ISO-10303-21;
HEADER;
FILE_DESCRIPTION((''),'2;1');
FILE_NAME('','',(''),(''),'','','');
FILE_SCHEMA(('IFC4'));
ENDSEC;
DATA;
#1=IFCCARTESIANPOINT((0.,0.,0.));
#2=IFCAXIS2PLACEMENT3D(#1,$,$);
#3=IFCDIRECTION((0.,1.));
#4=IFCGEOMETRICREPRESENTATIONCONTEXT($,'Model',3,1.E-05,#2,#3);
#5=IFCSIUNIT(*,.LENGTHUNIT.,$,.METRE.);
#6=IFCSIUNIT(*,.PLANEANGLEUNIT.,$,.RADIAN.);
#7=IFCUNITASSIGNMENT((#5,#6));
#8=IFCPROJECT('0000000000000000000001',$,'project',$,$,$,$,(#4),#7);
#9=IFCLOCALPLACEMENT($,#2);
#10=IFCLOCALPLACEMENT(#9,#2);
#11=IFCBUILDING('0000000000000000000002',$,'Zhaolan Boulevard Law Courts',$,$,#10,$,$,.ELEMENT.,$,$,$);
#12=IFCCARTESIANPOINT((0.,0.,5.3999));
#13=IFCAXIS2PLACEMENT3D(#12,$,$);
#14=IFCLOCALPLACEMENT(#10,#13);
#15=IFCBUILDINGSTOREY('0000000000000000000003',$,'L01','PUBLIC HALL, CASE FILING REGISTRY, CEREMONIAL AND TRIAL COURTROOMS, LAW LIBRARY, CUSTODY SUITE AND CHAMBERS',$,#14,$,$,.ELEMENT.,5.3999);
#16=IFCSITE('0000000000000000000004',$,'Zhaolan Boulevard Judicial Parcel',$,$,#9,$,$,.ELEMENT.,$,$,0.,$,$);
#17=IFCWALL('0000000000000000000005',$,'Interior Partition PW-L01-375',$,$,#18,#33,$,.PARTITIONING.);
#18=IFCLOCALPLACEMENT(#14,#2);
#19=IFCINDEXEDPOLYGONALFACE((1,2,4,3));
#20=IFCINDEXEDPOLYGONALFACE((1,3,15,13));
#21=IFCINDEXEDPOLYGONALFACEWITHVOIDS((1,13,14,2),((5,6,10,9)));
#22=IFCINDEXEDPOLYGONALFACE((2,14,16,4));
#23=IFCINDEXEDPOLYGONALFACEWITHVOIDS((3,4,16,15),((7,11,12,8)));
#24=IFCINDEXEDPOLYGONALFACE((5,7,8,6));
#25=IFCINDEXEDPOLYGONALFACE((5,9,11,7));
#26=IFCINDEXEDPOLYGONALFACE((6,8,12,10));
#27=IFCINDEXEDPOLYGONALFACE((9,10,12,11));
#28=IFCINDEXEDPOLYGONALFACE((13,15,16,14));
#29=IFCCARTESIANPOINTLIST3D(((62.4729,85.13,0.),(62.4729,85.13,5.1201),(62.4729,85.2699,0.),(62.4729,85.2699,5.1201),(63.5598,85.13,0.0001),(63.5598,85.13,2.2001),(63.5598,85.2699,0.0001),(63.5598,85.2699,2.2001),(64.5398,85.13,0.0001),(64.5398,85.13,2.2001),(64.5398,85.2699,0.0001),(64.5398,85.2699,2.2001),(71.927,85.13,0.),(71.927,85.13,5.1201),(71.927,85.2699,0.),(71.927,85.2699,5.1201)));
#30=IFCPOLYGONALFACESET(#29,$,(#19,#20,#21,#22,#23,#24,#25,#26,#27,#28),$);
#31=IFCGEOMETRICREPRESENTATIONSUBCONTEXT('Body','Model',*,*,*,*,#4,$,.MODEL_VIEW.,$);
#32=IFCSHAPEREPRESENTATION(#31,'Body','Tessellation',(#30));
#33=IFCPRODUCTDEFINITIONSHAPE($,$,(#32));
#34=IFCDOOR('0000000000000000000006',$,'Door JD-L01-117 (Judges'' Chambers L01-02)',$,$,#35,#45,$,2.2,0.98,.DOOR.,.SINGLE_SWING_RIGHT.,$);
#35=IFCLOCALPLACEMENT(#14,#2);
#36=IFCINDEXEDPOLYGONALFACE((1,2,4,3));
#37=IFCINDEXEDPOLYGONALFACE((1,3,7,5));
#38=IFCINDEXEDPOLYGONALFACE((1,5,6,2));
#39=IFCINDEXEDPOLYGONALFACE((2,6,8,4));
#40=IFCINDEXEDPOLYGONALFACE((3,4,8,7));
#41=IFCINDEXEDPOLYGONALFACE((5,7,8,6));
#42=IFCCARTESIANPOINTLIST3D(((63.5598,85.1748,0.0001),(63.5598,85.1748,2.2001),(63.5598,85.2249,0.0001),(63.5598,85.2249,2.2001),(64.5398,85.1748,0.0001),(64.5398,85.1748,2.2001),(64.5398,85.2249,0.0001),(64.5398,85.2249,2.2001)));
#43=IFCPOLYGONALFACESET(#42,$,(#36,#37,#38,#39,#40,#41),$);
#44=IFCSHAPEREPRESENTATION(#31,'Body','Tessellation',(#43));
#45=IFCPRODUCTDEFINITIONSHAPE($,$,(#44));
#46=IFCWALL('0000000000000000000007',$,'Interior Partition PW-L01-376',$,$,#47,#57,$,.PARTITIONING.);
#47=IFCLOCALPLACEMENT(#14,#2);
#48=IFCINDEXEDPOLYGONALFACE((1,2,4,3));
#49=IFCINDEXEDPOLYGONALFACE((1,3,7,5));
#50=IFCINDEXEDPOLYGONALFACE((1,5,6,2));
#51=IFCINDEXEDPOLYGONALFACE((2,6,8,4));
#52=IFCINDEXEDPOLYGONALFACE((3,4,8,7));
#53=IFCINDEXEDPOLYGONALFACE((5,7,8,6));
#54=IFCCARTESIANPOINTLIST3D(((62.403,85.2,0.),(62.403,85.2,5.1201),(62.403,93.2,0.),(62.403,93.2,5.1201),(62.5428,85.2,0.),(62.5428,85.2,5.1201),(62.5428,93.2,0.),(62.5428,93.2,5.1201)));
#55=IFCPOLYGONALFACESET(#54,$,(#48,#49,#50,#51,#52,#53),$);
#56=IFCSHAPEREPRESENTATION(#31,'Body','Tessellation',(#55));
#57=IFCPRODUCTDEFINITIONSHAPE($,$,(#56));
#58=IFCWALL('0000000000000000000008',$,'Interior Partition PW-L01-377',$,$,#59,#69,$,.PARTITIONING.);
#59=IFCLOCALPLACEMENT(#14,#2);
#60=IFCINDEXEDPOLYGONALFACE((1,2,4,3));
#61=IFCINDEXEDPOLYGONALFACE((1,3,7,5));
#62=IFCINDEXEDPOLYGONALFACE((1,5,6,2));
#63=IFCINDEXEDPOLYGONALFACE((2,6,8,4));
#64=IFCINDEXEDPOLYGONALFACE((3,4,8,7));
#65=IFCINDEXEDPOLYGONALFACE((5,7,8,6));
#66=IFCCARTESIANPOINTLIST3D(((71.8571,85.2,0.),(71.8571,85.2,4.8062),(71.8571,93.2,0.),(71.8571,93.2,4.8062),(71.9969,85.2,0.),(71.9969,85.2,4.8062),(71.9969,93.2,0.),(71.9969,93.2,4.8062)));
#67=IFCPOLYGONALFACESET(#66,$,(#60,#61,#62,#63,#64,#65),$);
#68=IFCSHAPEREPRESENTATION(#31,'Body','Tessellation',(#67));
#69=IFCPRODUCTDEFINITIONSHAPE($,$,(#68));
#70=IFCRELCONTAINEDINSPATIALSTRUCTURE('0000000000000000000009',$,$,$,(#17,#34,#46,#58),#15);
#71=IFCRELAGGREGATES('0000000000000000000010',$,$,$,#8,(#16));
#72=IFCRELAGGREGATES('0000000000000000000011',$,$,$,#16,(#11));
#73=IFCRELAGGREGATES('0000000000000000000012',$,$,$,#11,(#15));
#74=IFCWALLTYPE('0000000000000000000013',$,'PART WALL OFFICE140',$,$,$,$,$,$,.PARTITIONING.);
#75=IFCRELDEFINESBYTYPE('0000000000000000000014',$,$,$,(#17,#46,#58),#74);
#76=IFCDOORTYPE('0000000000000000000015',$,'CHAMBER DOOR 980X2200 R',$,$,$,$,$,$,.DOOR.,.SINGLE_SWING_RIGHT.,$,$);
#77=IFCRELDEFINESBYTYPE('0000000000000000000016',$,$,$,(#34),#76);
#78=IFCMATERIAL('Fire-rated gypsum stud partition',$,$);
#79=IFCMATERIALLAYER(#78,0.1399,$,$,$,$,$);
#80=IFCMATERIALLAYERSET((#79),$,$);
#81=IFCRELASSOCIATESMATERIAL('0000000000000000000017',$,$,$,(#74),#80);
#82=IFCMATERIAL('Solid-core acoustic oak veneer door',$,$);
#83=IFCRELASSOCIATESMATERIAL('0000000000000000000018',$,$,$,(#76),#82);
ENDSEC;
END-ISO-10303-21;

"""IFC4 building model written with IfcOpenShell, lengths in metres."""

from ifc_helpers import new_model, si_unit, direction, frame, frame_2d, origin, place, context, subcontext, project, spatial, rectangle, extrude, material, layer, layer_set, type_object, element, fill, save


model = new_model("IFC4")

# Units and contexts
model_context = context("Model", 3, precision=1e-05, world=origin(), true_north=direction((0.0, 1.0)))
body_context = subcontext(model_context, "Body", "Model", "MODEL_VIEW")
ifc_project = project(units=[si_unit("LENGTHUNIT", "METRE"), si_unit("PLANEANGLEUNIT", "RADIAN")], contexts=[model_context])

# Site, building, storey
site_placement = place(None, origin())
site = spatial("IfcSite", under=ifc_project, at=site_placement, Name="Zhaolan Boulevard Judicial Parcel", CompositionType="ELEMENT", RefElevation=0.0)
building_placement = place(site_placement, origin())
building = spatial("IfcBuilding", under=site, at=building_placement, Name="Zhaolan Boulevard Law Courts", CompositionType="ELEMENT")
storey_placement = place(building_placement, frame((0.0, 0.0, 5.3999)))
storey = spatial("IfcBuildingStorey", under=building, at=storey_placement, Name="L01", Description="PUBLIC HALL, CASE FILING REGISTRY, CEREMONIAL AND TRIAL COURTROOMS, LAW LIBRARY, CUSTODY SUITE AND CHAMBERS", CompositionType="ELEMENT", Elevation=5.3999)

# Shared definitions
ifc_material_1 = material(Name="Fire-rated gypsum stud partition")
ifc_layer_1 = layer(ifc_material_1, 0.1399)
ifc_layer_set_1 = layer_set([ifc_layer_1])
wall_type_1 = type_object("IfcWallType", Name="PART WALL OFFICE140", PredefinedType="PARTITIONING", material=ifc_layer_set_1)

# Wall, opening, door
wall_1_placement = place(storey_placement, frame((62.4729, 85.2, 0.0), z_axis=(0.0, 0.0, 1.0), x_axis=(1.0, 0.0, 0.0)))
wall_1 = element("IfcWall", 1, at=wall_1_placement, inside=storey, type_object=wall_type_1, Name="Interior Partition PW-L01-375", PredefinedType="PARTITIONING", context=body_context, shape_type="SweptSolid", body=[
    extrude(rectangle(XDim=9.4541, YDim=0.1399, at=frame_2d((4.7271, 0.0))), origin(), (0.0, 0.0, 1.0), 5.1201),
])
opening_1_placement = place(wall_1_placement, frame((1.0869, 0.0, 0.0)))
opening_1 = element("IfcOpeningElement", 2, at=opening_1_placement, cuts=wall_1, PredefinedType="OPENING", context=body_context, shape_type="SweptSolid", body=[
    extrude(rectangle(XDim=0.98, YDim=2.2, at=frame_2d((0.49, 1.1001))), frame((0.0, 0.0798, 0.0), z_axis=(0.0, -1.0, 0.0), x_axis=(1.0, 0.0, 0.0)), (0.0, 0.0, 1.0), 0.1599),
])
ifc_material_2 = material(Name="Solid-core acoustic oak veneer door")
door_type = type_object("IfcDoorType", Name="CHAMBER DOOR 980X2200 R", OperationType="SINGLE_SWING_RIGHT", PredefinedType="DOOR", material=ifc_material_2)
door_placement = place(opening_1_placement, origin())
door = element("IfcDoor", 3, at=door_placement, inside=storey, type_object=door_type, Name="Door JD-L01-117 (Judges' Chambers L01-02)", OperationType="SINGLE_SWING_RIGHT", OverallHeight=2.2, OverallWidth=0.98, PredefinedType="DOOR", context=body_context, shape_type="SweptSolid", body=[
    extrude(rectangle(XDim=0.98, YDim=2.2, at=frame_2d((0.49, 1.1001))), frame((0.0, 0.0249, 0.0), z_axis=(0.0, -1.0, 0.0), x_axis=(1.0, 0.0, 0.0)), (0.0, 0.0, 1.0), 0.05),
])
fill(opening_1, door)

# Walls
wall_2_placement = place(storey_placement, frame((62.4729, 93.2, 0.0), z_axis=(0.0, 0.0, 1.0), x_axis=(0.0, -1.0, 0.0)))
element("IfcWall", 4, at=wall_2_placement, inside=storey, type_object=wall_type_1, Name="Interior Partition PW-L01-376", PredefinedType="PARTITIONING", context=body_context, shape_type="SweptSolid", body=[
    extrude(rectangle(XDim=8.0, YDim=0.1399, at=frame_2d((4.0, 0.0))), origin(), (0.0, 0.0, 1.0), 5.1201),
])
wall_3_placement = place(storey_placement, frame((71.927, 85.2, 0.0), z_axis=(0.0, 0.0, 1.0), x_axis=(0.0, 1.0, 0.0)))
element("IfcWall", 5, at=wall_3_placement, inside=storey, type_object=wall_type_1, Name="Interior Partition PW-L01-377", PredefinedType="PARTITIONING", context=body_context, shape_type="SweptSolid", body=[
    extrude(rectangle(XDim=8.0, YDim=0.1399, at=frame_2d((4.0, 0.0))), origin(), (0.0, 0.0, 1.0), 4.8062),
])

save(model, "model.ifc")
